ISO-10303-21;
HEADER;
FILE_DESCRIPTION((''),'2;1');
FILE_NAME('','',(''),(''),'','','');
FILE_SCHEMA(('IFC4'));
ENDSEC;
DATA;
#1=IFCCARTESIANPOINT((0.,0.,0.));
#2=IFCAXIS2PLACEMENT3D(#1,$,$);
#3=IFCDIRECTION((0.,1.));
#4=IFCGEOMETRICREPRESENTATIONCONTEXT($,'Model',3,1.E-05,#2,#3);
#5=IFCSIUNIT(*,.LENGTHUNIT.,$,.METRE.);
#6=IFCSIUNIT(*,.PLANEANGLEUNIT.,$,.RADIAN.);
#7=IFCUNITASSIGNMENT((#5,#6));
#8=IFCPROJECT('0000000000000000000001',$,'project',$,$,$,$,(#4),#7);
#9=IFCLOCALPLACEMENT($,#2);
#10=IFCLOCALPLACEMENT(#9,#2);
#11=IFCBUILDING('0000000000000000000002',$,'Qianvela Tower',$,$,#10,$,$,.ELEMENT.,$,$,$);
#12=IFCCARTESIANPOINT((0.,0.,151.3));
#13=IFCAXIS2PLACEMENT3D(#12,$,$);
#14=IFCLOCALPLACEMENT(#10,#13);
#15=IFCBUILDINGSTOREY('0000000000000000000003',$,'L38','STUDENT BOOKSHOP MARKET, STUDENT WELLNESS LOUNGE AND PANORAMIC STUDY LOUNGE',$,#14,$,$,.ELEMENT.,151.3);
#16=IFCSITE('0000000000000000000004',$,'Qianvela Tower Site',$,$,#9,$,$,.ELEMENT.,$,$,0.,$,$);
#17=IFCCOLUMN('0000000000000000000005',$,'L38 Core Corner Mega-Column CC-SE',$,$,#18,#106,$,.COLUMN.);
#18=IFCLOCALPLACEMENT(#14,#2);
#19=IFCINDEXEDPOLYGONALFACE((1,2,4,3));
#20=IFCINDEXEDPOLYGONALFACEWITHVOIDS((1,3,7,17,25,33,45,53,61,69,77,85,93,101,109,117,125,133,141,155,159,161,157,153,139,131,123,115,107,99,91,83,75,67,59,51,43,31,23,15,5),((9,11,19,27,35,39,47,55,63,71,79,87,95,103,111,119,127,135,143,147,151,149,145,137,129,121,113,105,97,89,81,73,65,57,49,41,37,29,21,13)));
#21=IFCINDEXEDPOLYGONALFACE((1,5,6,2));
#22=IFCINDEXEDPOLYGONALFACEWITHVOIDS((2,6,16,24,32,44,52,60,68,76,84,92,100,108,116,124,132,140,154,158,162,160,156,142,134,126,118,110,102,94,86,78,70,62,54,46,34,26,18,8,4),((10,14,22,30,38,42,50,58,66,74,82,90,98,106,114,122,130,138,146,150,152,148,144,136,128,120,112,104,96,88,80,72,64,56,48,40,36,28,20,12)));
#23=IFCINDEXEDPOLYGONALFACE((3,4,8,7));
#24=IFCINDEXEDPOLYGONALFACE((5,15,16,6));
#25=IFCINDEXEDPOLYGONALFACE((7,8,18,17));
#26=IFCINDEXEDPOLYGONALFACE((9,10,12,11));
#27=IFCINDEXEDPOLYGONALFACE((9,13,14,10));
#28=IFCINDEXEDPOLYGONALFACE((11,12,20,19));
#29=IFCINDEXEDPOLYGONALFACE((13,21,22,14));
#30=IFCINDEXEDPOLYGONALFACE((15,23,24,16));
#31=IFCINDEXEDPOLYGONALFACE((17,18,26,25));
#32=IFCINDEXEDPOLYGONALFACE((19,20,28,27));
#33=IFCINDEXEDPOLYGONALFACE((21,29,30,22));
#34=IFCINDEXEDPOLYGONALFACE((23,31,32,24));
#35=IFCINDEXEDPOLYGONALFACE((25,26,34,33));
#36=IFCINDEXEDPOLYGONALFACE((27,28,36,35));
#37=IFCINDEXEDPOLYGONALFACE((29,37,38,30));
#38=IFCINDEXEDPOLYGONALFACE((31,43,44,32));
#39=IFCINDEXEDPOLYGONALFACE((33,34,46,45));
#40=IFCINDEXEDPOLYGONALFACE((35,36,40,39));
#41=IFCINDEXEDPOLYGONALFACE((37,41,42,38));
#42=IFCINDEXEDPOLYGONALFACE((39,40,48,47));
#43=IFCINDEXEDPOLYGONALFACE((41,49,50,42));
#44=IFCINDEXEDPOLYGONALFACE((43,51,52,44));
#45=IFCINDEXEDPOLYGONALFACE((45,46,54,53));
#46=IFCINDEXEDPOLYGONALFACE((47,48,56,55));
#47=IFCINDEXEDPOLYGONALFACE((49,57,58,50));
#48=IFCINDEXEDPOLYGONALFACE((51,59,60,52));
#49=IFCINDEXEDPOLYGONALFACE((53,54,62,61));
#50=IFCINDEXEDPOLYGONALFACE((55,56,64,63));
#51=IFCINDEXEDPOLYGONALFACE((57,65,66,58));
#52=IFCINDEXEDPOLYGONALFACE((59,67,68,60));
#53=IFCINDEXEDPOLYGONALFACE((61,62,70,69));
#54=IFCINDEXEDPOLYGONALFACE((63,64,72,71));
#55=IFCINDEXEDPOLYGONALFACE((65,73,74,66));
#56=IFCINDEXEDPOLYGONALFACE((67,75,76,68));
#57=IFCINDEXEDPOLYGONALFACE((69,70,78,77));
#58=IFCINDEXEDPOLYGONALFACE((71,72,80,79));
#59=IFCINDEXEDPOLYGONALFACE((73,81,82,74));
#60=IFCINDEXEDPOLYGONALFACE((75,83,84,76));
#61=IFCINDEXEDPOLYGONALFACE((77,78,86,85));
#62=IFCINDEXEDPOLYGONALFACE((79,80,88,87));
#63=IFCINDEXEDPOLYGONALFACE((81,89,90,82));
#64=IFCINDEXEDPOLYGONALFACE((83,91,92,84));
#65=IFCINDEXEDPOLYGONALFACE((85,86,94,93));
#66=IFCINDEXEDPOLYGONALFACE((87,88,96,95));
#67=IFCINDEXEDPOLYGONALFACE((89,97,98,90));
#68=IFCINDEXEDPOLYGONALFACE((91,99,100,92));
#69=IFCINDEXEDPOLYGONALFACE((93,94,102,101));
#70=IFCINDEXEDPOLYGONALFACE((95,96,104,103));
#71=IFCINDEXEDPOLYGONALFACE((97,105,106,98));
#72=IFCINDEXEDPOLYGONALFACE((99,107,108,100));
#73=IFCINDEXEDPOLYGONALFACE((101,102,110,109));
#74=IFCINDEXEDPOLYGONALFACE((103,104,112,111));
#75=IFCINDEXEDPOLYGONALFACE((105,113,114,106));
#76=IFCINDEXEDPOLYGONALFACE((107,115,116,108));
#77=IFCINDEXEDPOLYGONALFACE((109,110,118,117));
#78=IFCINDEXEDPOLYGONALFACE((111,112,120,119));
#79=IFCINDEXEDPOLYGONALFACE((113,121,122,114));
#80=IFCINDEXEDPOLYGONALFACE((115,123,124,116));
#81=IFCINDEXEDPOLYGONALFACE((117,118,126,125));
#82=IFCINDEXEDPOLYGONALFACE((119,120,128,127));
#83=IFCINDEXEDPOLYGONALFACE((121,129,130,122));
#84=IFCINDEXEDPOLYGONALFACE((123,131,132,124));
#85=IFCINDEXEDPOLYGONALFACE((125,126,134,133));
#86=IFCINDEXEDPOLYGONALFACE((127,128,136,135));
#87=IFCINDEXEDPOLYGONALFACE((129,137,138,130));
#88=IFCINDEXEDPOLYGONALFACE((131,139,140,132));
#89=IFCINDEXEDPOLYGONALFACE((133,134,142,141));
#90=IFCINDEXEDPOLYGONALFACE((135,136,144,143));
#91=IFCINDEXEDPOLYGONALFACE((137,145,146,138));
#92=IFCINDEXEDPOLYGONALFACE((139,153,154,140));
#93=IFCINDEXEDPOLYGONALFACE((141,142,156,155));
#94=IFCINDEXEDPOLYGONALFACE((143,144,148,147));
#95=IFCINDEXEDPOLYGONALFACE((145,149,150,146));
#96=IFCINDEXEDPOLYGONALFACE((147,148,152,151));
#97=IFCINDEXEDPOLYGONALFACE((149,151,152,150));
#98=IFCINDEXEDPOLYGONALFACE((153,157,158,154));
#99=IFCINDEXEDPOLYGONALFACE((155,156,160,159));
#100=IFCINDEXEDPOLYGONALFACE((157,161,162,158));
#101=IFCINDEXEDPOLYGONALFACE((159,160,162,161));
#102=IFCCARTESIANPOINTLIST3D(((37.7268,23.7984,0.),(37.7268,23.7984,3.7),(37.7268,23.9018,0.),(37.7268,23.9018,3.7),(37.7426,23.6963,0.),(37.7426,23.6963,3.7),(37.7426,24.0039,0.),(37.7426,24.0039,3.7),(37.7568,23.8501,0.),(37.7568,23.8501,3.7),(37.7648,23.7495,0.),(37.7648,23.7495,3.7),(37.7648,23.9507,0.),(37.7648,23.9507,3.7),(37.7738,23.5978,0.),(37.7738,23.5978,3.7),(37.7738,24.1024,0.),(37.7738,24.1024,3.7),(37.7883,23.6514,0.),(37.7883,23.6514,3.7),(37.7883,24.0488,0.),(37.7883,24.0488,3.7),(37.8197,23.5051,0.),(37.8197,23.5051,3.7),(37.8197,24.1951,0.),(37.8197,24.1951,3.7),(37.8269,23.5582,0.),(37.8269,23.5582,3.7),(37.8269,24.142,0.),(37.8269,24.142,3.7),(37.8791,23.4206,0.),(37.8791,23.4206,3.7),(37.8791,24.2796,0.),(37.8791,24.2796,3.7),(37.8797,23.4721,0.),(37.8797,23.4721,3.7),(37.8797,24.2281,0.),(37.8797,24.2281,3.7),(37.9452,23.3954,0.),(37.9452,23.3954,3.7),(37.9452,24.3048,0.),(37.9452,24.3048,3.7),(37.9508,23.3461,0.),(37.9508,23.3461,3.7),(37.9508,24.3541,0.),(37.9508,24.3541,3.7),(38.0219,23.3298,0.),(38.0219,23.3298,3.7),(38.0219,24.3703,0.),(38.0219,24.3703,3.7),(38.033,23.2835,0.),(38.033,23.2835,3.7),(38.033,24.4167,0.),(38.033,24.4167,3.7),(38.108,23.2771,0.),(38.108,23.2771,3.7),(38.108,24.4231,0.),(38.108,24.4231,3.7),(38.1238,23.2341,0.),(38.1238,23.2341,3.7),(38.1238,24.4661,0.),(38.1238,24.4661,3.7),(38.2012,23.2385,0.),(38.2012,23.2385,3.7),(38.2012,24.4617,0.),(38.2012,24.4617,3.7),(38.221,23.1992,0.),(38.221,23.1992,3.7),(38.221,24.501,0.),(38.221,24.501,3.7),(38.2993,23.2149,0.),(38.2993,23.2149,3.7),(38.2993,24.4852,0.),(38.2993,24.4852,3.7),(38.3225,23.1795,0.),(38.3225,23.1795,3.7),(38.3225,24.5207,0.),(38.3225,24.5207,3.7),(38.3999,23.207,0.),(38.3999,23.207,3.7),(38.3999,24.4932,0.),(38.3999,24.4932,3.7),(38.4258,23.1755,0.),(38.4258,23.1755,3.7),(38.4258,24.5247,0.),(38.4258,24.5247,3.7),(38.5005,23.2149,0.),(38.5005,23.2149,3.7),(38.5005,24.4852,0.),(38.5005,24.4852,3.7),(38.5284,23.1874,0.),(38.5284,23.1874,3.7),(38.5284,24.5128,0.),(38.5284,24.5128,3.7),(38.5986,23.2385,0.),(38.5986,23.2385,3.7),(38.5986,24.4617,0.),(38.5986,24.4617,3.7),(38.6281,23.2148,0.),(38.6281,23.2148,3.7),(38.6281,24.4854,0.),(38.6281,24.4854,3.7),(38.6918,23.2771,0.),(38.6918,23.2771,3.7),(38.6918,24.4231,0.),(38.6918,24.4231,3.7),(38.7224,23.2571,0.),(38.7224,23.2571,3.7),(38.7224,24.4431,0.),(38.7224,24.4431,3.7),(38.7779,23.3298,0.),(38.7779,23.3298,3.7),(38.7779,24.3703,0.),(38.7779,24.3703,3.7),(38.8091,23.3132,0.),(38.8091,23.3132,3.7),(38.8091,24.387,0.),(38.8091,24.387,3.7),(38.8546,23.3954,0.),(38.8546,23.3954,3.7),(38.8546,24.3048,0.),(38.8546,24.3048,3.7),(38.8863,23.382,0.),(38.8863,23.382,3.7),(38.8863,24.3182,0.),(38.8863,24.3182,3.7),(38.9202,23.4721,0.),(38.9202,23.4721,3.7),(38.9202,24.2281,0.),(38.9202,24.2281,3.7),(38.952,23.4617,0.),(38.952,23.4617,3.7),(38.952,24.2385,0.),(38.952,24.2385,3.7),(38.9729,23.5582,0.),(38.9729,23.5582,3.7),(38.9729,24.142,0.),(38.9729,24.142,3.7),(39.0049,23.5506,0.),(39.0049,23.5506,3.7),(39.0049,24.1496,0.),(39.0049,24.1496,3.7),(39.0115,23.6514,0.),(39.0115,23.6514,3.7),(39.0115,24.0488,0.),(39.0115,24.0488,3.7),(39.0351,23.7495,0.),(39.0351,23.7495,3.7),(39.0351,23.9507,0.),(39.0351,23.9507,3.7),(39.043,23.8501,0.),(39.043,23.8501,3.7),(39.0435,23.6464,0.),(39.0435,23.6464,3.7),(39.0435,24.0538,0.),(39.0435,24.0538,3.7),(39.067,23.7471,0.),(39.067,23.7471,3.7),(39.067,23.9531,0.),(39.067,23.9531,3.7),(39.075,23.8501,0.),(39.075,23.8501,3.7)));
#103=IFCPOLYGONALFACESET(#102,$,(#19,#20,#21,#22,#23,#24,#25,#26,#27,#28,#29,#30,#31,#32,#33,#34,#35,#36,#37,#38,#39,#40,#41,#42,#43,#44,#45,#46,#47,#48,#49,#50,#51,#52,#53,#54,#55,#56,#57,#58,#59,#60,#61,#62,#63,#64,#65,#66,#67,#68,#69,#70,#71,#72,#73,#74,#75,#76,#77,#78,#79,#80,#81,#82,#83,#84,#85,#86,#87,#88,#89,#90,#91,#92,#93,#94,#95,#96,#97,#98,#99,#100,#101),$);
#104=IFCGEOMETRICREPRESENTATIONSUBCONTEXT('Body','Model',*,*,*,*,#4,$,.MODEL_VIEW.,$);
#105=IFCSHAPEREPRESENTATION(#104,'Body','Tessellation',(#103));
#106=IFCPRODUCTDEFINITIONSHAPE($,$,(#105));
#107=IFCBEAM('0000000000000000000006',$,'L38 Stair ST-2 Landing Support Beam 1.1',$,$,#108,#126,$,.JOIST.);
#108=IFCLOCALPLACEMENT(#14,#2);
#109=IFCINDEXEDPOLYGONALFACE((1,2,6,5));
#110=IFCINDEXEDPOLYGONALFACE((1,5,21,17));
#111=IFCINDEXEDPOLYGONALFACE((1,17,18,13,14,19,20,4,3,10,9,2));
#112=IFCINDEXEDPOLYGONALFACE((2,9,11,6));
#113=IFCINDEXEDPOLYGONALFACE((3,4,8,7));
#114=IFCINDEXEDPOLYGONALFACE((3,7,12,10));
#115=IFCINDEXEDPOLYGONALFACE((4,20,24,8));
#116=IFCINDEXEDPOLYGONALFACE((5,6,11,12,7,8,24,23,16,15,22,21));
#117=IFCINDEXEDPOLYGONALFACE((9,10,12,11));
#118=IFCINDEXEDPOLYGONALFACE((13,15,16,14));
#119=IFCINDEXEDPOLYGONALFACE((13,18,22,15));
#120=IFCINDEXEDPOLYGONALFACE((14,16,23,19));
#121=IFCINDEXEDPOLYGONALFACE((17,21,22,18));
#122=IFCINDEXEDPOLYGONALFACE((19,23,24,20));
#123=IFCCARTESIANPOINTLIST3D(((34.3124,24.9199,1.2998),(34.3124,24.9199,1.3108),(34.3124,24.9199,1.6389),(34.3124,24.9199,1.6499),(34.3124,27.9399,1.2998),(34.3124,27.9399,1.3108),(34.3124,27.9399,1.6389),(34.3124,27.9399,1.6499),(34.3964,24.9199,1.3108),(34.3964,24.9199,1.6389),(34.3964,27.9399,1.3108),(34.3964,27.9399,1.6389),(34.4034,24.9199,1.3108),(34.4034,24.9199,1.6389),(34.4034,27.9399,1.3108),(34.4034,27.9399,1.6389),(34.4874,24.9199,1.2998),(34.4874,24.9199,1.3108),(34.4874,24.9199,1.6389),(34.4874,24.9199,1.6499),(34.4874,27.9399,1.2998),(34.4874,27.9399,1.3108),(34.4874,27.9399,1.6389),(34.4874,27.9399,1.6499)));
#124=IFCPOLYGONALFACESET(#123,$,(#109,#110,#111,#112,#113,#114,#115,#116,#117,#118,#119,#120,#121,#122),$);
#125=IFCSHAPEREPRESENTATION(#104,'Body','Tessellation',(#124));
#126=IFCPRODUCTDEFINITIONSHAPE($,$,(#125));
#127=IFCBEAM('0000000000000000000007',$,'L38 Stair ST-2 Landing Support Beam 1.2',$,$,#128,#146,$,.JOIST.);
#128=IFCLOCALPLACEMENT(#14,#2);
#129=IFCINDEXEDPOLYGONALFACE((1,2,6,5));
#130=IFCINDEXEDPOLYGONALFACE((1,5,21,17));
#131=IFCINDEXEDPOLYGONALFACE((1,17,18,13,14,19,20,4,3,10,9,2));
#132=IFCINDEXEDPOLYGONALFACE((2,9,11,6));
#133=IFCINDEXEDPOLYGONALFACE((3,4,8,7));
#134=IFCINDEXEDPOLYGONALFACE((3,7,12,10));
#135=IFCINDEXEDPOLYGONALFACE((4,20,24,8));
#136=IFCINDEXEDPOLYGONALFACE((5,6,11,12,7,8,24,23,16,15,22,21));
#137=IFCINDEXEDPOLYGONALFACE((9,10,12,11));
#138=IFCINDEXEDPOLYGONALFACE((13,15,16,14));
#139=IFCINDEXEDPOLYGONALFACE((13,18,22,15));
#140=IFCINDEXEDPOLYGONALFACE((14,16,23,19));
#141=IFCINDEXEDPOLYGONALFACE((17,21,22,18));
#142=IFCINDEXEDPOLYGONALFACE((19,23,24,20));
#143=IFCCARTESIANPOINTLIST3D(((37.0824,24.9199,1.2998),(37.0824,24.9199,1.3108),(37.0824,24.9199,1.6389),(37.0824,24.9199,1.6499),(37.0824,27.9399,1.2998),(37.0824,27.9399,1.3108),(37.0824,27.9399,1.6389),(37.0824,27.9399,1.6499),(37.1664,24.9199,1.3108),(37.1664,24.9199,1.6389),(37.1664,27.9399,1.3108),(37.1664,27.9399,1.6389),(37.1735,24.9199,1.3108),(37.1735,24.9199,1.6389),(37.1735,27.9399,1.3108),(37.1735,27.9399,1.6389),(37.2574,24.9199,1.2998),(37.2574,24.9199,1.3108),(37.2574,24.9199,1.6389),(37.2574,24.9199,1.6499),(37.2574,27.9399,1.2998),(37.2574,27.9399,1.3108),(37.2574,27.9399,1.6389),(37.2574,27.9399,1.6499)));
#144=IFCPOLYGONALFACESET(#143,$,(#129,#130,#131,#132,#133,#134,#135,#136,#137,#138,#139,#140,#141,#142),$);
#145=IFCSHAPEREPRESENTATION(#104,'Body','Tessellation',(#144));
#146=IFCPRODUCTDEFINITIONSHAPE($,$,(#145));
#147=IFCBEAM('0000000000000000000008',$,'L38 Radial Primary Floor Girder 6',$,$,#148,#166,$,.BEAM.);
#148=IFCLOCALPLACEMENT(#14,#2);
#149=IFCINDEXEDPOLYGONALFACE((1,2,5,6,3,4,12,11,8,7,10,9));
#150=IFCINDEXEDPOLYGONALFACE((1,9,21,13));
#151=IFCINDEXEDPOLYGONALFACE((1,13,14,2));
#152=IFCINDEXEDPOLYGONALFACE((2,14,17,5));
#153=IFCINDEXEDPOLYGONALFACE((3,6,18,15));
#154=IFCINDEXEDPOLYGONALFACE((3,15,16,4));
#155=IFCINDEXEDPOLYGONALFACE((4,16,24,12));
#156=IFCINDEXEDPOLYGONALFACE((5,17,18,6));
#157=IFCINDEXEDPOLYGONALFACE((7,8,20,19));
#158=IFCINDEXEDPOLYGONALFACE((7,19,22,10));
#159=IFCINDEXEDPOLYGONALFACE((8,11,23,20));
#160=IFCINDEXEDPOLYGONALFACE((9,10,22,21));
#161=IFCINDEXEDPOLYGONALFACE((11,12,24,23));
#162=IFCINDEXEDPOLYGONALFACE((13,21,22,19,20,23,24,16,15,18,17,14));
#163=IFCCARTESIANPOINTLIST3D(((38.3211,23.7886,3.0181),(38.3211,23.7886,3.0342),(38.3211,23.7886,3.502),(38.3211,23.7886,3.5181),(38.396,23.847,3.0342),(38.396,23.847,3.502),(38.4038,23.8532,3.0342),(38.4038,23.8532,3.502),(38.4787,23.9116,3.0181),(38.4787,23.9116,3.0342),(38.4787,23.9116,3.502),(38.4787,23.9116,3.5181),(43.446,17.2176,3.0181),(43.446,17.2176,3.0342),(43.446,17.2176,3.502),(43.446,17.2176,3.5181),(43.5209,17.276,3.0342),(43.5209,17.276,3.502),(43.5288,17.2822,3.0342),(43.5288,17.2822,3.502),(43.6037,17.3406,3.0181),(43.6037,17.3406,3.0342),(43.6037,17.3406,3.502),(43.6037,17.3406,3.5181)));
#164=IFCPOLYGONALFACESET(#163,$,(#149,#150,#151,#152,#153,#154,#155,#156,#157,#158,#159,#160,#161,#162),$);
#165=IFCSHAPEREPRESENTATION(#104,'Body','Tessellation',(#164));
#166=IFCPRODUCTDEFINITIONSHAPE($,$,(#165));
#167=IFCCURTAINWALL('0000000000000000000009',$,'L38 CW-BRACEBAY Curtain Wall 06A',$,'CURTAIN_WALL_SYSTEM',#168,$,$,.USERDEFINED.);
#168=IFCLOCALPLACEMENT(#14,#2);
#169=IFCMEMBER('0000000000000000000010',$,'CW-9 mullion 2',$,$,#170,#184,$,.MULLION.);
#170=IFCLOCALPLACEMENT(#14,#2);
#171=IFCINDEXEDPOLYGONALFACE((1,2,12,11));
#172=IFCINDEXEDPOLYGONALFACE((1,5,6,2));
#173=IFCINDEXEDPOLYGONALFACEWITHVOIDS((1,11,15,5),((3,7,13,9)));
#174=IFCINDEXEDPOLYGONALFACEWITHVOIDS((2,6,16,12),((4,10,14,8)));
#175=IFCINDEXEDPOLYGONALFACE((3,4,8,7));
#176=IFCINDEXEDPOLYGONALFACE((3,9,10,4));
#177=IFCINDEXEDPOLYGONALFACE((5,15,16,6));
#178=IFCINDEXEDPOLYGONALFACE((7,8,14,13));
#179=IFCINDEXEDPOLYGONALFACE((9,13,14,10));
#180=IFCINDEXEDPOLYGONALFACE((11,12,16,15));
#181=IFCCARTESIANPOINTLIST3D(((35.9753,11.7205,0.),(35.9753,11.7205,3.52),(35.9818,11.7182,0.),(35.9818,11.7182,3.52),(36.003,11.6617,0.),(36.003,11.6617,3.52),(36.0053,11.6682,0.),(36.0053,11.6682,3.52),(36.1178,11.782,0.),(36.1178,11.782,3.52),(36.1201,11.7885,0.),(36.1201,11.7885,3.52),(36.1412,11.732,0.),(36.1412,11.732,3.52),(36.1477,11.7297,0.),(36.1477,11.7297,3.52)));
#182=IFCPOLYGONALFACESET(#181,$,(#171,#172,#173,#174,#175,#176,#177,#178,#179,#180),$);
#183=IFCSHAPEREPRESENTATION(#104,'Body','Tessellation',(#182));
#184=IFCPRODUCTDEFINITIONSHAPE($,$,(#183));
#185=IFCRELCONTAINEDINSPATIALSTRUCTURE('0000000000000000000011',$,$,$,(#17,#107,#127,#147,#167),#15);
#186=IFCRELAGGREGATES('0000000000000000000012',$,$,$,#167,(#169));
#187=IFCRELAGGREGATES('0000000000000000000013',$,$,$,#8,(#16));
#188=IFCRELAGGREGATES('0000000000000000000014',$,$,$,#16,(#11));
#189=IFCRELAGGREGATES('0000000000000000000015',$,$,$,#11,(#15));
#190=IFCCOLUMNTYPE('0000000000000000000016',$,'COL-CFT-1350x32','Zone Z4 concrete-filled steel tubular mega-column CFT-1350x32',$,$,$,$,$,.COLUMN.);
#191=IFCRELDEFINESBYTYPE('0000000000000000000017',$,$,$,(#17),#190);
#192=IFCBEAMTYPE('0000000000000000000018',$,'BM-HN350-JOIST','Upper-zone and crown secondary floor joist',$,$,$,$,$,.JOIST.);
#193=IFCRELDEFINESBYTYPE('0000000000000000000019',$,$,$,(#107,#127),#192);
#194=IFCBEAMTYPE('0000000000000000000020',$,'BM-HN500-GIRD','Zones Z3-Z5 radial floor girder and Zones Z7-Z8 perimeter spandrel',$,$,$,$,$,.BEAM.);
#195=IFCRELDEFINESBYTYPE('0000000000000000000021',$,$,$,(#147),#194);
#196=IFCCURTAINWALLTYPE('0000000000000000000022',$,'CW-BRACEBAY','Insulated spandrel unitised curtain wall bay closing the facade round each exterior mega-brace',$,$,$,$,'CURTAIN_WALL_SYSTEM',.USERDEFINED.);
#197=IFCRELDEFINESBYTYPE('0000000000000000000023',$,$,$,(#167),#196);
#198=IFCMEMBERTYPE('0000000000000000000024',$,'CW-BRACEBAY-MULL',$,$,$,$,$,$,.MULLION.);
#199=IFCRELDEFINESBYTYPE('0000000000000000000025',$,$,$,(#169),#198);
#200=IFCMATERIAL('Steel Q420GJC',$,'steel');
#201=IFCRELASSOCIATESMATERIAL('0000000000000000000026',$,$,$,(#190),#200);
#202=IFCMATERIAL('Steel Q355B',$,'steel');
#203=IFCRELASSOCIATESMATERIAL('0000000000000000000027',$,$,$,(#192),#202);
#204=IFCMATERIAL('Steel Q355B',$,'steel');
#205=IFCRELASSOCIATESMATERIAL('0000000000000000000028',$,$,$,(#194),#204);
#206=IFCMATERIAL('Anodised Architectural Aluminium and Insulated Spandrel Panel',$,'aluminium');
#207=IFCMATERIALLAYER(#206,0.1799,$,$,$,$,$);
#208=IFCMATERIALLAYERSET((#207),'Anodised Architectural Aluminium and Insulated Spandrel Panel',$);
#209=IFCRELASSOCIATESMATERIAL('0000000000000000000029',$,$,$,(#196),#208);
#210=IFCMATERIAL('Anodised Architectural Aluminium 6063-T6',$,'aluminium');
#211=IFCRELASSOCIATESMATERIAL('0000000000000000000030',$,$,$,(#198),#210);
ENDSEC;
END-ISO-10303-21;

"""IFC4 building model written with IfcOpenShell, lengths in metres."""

from ifc_helpers import new_model, si_unit, direction, frame, origin, origin_2d, place, context, subcontext, project, spatial, hollow_rectangle, hollow_circle, i_section, extrude, material, layer, layer_set, material_profile, profile_set, type_object, element, aggregate, save


model = new_model("IFC4")

# Units and contexts
model_context = context("Model", 3, precision=1e-05, world=origin(), true_north=direction((0.0, 1.0)))
body_context = subcontext(model_context, "Body", "Model", "MODEL_VIEW")
ifc_project = project(units=[si_unit("LENGTHUNIT", "METRE"), si_unit("PLANEANGLEUNIT", "RADIAN")], contexts=[model_context])

# Site, building, storey
site_placement = place(None, origin())
site = spatial("IfcSite", under=ifc_project, at=site_placement, Name="Qianvela Tower Site", CompositionType="ELEMENT", RefElevation=0.0)
building_placement = place(site_placement, origin())
building = spatial("IfcBuilding", under=site, at=building_placement, Name="Qianvela Tower", CompositionType="ELEMENT")
storey_placement = place(building_placement, frame((0.0, 0.0, 151.3)))
storey = spatial("IfcBuildingStorey", under=building, at=storey_placement, Name="L38", Description="STUDENT BOOKSHOP MARKET, STUDENT WELLNESS LOUNGE AND PANORAMIC STUDY LOUNGE", CompositionType="ELEMENT", Elevation=151.3)

# Column
ifc_material_1 = material(Name="Steel Q420GJC", Category="steel")
ifc_material_profile_1 = material_profile(ifc_material_1, hollow_circle(Radius=0.675, WallThickness=0.032, at=origin_2d()), Name="CFT-1350x32")
ifc_profile_set_1 = profile_set([ifc_material_profile_1], Name="Steel Q420GJC")
column_type = type_object("IfcColumnType", Name="COL-CFT-1350x32", Description="Zone Z4 concrete-filled steel tubular mega-column CFT-1350x32", PredefinedType="COLUMN", material=ifc_profile_set_1)
column_placement = place(storey_placement, frame((38.3999, 23.8501, 0.0), z_axis=(0.0, 0.0, 1.0), x_axis=(1.0, 0.0, 0.0)))
element("IfcColumn", 1, at=column_placement, inside=storey, type_object=column_type, Name="L38 Core Corner Mega-Column CC-SE", PredefinedType="COLUMN", context=body_context, shape_type="SweptSolid", body=[
    extrude(hollow_circle(Radius=0.675, WallThickness=0.032, at=origin_2d()), origin(), (0.0, 0.0, 1.0), 3.7),
])

# Beams
ifc_material_2 = material(Name="Steel Q355B", Category="steel")
ifc_material_profile_2 = material_profile(ifc_material_2, i_section(OverallWidth=0.175, OverallDepth=0.3501, WebThickness=0.0071, FlangeThickness=0.011, at=origin_2d()), Name="HN350x175x7x11")
ifc_profile_set_2 = profile_set([ifc_material_profile_2], Name="Steel Q355B")
beam_type_1 = type_object("IfcBeamType", Name="BM-HN350-JOIST", Description="Upper-zone and crown secondary floor joist", PredefinedType="JOIST", material=ifc_profile_set_2)
for number, where, z_axis, x_axis, name in (
    (2, (34.3999, 24.9199, 1.4749), (0.0, 1.0, 0.0), (-1.0, 0.0, 0.0), "L38 Stair ST-2 Landing Support Beam 1.1"),
    (3, (37.1699, 24.9199, 1.4749), (0.0, 1.0, 0.0), (-1.0, 0.0, 0.0), "L38 Stair ST-2 Landing Support Beam 1.2"),
):
    element("IfcBeam", number, at=place(storey_placement, frame(where, z_axis=z_axis, x_axis=x_axis)), inside=storey, type_object=beam_type_1, Name=name, PredefinedType="JOIST", context=body_context, shape_type="SweptSolid", body=[
        extrude(i_section(OverallWidth=0.175, OverallDepth=0.3501, WebThickness=0.0071, FlangeThickness=0.011, at=origin_2d()), origin(), (0.0, 0.0, 1.0), 3.02),
    ])
ifc_material_3 = material(Name="Steel Q355B", Category="steel")
ifc_material_profile_3 = material_profile(ifc_material_3, i_section(OverallWidth=0.2, OverallDepth=0.5, WebThickness=0.01, FlangeThickness=0.0161, at=origin_2d()), Name="HN500x200x10x16")
ifc_profile_set_3 = profile_set([ifc_material_profile_3], Name="Steel Q355B")
beam_type_2 = type_object("IfcBeamType", Name="BM-HN500-GIRD", Description="Zones Z3-Z5 radial floor girder and Zones Z7-Z8 perimeter spandrel", PredefinedType="BEAM", material=ifc_profile_set_3)
beam_placement = place(storey_placement, frame((38.3999, 23.8501, 3.2681), z_axis=(0.615001, -0.788526, 0.0), x_axis=(0.788526, 0.615001, 0.0)))
element("IfcBeam", 4, at=beam_placement, inside=storey, type_object=beam_type_2, Name="L38 Radial Primary Floor Girder 6", PredefinedType="BEAM", context=body_context, shape_type="SweptSolid", body=[
    extrude(i_section(OverallWidth=0.2, OverallDepth=0.5, WebThickness=0.01, FlangeThickness=0.0161, at=origin_2d()), origin(), (0.0, 0.0, 1.0), 8.3333),
])

# Curtain wall, member
ifc_material_4 = material(Name="Anodised Architectural Aluminium and Insulated Spandrel Panel", Category="aluminium")
ifc_layer_1 = layer(ifc_material_4, 0.1799)
ifc_layer_set_1 = layer_set([ifc_layer_1], Name="Anodised Architectural Aluminium and Insulated Spandrel Panel")
curtain_wall_type_1 = type_object("IfcCurtainWallType", Name="CW-BRACEBAY", Description="Insulated spandrel unitised curtain wall bay closing the facade round each exterior mega-brace", ElementType="CURTAIN_WALL_SYSTEM", PredefinedType="USERDEFINED", material=ifc_layer_set_1)
curtain_wall_1_placement = place(storey_placement, origin())
curtain_wall_1 = element("IfcCurtainWall", 5, at=curtain_wall_1_placement, inside=storey, type_object=curtain_wall_type_1, Name="L38 CW-BRACEBAY Curtain Wall 06A", ObjectType="CURTAIN_WALL_SYSTEM", PredefinedType="USERDEFINED")
ifc_material_5 = material(Name="Anodised Architectural Aluminium 6063-T6", Category="aluminium")
ifc_material_profile_4 = material_profile(ifc_material_5, hollow_rectangle(XDim=0.0649, YDim=0.1599, WallThickness=0.0049, at=origin_2d()), Name="ALU-MULL-65x160")
ifc_profile_set_4 = profile_set([ifc_material_profile_4], Name="Anodised Architectural Aluminium 6063-T6")
member_type_1 = type_object("IfcMemberType", Name="CW-BRACEBAY-MULL", PredefinedType="MULLION", material=ifc_profile_set_4)
member_1_placement = place(storey_placement, frame((36.0615, 11.7251, 0.0), z_axis=(0.0, 0.0, 1.0), x_axis=(-0.425032, 0.905178, 0.0)))
member_1 = element("IfcMember", 6, at=member_1_placement, type_object=member_type_1, Name="CW-9 mullion 2", PredefinedType="MULLION", context=body_context, shape_type="SweptSolid", body=[
    extrude(hollow_rectangle(XDim=0.0649, YDim=0.1599, WallThickness=0.0049, at=origin_2d()), origin(), (0.0, 0.0, 1.0), 3.52),
])

aggregate(curtain_wall_1, [member_1])

save(model, "model.ifc")
